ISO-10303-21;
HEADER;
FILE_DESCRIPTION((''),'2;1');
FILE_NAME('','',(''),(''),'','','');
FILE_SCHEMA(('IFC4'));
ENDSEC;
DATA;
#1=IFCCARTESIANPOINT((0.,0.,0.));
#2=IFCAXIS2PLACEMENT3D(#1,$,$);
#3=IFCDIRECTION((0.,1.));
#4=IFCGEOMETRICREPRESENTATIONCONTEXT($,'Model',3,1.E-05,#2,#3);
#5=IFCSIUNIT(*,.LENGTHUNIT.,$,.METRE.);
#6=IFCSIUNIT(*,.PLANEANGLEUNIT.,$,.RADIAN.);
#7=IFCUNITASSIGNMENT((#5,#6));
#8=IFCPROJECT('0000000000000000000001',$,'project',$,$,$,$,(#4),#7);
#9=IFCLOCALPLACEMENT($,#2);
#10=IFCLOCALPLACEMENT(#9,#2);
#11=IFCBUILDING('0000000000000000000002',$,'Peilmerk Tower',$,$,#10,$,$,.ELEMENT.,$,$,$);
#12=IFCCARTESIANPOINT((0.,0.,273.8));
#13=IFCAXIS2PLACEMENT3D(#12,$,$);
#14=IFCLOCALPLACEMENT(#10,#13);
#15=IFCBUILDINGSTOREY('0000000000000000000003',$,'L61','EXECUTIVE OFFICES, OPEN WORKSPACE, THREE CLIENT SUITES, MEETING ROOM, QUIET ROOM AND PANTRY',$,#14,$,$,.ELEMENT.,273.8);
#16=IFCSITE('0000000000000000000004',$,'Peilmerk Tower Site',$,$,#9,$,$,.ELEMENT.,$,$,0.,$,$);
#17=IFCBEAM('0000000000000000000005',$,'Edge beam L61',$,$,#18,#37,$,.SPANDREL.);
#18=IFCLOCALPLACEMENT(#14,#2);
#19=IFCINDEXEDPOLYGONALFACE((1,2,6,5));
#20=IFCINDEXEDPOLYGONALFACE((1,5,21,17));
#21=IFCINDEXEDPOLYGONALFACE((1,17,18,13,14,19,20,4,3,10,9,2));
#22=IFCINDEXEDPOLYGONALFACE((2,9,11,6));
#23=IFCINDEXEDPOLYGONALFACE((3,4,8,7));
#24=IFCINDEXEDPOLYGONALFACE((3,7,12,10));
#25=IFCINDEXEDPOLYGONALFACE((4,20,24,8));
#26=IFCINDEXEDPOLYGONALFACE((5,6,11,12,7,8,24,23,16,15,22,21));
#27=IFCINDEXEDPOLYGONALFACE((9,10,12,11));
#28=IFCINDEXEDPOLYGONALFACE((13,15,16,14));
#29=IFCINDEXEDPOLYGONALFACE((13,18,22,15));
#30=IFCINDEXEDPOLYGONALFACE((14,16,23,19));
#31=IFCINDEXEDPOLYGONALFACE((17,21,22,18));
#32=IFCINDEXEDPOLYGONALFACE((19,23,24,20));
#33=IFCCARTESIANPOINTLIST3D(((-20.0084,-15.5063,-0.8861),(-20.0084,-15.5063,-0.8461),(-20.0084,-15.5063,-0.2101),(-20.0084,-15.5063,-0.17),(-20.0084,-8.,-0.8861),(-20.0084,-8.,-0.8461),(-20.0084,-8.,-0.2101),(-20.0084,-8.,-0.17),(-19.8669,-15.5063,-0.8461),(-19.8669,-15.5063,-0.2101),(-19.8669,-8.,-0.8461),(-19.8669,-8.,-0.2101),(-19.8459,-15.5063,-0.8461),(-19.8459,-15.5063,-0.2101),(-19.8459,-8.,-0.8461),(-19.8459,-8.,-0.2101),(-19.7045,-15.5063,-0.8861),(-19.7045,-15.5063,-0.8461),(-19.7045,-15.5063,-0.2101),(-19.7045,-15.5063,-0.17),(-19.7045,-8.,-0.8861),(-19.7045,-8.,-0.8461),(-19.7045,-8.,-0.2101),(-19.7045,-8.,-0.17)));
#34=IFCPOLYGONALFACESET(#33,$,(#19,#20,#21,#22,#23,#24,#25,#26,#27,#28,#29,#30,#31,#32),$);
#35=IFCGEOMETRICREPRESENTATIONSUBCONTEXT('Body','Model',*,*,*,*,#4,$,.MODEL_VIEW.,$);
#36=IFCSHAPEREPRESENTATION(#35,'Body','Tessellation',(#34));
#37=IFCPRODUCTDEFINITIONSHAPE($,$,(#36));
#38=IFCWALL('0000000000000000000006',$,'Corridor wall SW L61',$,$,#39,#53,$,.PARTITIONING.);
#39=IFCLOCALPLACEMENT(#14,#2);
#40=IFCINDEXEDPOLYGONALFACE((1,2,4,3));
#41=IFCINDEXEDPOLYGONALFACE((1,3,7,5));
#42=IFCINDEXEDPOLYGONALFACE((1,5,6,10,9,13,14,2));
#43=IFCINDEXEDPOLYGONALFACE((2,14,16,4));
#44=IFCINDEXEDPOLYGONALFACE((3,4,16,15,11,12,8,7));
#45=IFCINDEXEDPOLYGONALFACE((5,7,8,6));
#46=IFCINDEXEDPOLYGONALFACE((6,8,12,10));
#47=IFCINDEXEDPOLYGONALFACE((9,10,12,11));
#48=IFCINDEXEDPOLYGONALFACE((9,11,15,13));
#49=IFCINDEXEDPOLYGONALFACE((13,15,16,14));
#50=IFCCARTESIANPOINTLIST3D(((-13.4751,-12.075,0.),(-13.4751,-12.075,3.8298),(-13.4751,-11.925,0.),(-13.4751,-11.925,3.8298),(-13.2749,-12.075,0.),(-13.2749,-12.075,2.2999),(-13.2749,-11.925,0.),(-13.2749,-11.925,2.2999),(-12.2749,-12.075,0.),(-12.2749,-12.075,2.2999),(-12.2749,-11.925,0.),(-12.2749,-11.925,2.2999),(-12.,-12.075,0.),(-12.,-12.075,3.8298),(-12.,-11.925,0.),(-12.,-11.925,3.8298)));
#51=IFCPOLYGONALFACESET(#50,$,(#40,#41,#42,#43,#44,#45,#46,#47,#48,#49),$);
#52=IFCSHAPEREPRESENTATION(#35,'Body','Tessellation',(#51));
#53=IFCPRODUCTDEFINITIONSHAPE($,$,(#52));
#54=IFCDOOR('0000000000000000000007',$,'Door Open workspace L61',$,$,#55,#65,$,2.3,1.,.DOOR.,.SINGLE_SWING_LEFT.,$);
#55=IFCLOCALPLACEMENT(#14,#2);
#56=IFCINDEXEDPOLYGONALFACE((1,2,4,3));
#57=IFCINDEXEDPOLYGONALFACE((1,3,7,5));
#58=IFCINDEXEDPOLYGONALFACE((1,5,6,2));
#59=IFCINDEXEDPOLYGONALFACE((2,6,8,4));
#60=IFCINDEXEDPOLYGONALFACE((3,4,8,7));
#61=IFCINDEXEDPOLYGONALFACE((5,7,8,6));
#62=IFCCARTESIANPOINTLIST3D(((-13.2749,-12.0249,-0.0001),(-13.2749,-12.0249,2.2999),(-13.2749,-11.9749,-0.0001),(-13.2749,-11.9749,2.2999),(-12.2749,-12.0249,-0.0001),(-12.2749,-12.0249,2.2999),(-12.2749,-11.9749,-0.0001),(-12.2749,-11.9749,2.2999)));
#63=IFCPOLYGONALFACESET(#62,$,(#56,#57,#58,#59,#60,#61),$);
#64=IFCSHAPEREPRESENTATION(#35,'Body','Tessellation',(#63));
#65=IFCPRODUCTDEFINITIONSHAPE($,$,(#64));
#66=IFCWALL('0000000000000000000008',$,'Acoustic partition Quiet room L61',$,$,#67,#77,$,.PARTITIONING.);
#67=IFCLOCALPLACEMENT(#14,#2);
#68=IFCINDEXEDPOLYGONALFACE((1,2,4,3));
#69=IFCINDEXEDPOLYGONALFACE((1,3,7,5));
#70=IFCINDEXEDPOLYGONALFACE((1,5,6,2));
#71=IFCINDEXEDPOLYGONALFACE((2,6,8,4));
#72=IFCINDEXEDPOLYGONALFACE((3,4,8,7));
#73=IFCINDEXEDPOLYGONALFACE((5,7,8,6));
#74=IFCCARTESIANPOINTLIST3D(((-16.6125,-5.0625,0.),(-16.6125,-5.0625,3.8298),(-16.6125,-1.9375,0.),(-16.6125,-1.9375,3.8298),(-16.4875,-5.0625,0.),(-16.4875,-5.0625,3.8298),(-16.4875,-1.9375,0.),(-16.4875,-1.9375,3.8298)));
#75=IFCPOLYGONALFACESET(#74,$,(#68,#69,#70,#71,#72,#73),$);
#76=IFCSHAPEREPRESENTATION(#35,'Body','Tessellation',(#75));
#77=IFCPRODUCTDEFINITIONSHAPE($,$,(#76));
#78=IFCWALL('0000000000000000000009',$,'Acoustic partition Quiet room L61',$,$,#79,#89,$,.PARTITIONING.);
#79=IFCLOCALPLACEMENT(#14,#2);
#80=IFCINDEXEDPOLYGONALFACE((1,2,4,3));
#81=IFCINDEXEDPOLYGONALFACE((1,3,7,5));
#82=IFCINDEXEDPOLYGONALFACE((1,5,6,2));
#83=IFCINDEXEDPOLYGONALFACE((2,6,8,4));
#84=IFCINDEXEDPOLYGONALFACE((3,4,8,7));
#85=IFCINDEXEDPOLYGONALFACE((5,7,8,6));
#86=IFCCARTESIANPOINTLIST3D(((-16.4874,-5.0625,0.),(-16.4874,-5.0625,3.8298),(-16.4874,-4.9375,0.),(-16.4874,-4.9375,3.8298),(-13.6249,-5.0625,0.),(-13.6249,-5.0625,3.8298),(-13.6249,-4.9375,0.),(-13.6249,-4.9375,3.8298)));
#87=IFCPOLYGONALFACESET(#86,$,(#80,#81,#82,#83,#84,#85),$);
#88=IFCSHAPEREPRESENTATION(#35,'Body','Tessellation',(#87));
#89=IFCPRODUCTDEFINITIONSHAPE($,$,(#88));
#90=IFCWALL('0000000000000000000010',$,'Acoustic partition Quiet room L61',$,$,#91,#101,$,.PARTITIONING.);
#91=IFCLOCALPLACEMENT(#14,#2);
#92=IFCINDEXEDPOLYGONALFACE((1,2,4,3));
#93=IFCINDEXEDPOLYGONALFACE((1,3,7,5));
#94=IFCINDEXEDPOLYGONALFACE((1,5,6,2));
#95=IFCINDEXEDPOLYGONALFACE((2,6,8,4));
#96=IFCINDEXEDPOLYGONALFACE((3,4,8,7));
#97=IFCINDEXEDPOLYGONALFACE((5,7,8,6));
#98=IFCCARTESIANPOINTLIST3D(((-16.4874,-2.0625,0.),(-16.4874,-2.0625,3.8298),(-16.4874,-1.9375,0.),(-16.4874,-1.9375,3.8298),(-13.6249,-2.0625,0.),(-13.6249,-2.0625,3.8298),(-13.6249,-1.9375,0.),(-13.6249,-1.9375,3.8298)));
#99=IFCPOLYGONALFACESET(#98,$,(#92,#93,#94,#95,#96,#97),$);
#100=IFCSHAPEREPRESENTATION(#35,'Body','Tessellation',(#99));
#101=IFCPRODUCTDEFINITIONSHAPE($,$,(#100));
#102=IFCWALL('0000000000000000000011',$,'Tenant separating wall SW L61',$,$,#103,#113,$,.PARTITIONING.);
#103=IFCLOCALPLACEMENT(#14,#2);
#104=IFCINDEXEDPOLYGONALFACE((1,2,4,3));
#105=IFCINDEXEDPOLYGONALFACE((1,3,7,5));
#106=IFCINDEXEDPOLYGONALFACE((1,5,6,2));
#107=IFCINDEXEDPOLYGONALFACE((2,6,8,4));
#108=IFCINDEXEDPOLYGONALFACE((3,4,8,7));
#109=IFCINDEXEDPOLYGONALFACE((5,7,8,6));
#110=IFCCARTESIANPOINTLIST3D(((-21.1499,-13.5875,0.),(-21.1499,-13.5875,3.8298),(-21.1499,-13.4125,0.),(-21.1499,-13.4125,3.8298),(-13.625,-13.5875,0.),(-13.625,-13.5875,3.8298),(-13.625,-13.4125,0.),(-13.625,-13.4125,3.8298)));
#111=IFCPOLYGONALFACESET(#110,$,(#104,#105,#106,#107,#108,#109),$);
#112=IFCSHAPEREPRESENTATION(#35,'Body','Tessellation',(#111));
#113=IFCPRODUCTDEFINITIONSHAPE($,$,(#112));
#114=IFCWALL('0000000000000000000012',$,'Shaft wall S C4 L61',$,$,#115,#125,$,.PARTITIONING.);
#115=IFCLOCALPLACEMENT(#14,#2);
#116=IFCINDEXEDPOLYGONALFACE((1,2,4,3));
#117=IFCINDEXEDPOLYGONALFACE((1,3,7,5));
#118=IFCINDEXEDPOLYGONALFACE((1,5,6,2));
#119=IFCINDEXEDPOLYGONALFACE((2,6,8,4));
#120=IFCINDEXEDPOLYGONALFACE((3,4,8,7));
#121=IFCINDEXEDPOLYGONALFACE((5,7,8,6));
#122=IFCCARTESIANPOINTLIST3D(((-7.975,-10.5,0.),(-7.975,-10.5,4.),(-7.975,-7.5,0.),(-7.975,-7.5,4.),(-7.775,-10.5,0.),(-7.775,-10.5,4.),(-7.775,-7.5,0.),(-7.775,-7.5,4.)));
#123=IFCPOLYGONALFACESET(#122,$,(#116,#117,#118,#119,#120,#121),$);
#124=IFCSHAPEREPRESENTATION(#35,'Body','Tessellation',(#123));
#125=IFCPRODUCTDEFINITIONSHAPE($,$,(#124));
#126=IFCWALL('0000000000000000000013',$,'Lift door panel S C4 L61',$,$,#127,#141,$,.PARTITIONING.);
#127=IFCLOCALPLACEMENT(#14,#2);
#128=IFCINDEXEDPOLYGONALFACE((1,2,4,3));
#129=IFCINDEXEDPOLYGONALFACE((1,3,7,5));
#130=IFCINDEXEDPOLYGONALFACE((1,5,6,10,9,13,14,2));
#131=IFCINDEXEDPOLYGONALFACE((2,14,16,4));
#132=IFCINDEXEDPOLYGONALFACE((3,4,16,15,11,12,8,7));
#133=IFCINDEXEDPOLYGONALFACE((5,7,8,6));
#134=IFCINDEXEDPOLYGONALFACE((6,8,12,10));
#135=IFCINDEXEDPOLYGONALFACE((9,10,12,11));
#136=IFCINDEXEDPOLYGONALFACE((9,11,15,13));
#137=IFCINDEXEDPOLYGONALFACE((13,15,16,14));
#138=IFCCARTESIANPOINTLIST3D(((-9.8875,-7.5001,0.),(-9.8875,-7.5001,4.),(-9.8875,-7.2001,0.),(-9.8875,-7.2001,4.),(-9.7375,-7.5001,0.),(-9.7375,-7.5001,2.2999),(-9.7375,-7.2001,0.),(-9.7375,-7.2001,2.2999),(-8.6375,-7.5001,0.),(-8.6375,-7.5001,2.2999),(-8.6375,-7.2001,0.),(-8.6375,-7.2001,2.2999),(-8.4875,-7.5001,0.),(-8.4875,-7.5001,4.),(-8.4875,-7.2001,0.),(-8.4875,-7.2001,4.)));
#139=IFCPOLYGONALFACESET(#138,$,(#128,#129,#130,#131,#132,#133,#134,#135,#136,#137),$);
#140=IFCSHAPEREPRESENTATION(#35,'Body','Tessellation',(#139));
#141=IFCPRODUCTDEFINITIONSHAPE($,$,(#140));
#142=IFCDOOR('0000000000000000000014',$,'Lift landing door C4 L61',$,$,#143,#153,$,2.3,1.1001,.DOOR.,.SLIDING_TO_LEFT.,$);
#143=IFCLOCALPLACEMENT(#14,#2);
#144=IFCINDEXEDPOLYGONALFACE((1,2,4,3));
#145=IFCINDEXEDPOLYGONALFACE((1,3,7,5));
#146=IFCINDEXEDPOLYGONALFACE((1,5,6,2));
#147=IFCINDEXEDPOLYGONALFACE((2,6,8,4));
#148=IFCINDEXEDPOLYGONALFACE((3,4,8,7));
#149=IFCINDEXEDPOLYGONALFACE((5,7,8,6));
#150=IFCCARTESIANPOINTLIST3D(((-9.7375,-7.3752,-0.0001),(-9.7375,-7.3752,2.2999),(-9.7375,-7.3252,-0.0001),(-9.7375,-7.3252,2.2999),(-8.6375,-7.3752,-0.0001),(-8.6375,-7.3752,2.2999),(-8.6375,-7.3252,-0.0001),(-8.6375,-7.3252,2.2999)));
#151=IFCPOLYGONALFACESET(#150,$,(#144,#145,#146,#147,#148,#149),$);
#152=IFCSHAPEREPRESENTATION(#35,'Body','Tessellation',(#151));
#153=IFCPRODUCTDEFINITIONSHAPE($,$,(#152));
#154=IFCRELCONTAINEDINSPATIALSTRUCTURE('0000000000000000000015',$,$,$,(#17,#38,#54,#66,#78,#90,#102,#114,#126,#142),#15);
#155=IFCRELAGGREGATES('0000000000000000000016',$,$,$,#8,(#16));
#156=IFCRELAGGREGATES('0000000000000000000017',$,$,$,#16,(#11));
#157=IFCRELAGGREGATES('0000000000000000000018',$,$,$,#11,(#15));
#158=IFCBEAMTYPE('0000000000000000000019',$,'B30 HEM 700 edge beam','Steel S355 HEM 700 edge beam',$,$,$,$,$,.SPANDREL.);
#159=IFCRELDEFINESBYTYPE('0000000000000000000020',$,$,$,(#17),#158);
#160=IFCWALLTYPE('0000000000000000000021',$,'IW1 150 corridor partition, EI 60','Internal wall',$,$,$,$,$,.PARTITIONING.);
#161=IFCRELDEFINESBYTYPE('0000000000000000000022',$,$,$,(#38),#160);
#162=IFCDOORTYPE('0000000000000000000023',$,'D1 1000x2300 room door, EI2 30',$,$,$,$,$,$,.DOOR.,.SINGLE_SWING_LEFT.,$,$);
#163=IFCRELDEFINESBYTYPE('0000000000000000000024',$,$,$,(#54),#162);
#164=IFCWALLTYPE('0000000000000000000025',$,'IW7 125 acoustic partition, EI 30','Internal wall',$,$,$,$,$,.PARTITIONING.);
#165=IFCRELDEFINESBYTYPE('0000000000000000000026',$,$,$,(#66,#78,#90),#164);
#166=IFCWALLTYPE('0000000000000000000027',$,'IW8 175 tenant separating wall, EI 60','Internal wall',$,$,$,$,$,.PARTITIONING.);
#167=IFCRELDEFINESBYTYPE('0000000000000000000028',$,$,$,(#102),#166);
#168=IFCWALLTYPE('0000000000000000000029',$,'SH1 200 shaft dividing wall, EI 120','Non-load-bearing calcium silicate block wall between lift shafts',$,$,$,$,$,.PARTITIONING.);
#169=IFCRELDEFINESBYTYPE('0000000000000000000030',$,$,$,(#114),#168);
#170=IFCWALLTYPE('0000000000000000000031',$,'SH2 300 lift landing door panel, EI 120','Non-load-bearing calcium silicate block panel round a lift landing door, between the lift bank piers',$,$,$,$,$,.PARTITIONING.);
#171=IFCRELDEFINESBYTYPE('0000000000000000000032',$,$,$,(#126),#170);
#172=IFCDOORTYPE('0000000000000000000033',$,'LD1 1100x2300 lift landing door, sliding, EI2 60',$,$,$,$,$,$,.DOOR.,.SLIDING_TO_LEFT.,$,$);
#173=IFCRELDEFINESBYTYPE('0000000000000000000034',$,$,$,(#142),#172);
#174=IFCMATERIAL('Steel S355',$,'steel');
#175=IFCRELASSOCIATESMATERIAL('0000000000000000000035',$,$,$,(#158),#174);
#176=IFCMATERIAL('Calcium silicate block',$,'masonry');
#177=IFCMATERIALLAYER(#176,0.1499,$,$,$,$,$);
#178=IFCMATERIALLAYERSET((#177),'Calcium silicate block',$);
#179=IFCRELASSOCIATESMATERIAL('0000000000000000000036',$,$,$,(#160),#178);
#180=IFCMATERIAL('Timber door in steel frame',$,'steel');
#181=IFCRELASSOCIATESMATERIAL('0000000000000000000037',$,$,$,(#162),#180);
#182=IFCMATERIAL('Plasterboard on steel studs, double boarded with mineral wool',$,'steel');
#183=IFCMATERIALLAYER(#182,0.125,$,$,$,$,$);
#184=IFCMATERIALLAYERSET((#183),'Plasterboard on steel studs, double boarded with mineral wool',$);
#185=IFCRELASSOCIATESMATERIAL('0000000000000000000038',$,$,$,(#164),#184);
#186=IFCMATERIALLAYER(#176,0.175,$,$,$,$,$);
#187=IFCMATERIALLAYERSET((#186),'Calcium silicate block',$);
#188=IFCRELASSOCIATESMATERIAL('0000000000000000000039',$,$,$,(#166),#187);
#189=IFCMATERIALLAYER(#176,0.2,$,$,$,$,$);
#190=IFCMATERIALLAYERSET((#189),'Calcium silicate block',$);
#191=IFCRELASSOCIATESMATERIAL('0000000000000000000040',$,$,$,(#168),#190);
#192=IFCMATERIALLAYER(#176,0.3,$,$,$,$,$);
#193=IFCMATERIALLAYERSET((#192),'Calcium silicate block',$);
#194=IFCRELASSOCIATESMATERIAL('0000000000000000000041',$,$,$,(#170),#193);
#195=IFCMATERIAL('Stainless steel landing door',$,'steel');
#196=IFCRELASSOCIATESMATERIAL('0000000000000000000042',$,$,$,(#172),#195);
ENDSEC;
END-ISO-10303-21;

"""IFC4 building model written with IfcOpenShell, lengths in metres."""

from ifc_helpers import new_model, si_unit, direction, frame, frame_2d, origin, origin_2d, place, context, subcontext, project, spatial, rectangle, i_section, extrude, material, layer, layer_set, material_profile, profile_set, type_object, element, fill, save


model = new_model("IFC4")

# Units and contexts
model_context = context("Model", 3, precision=1e-05, world=origin(), true_north=direction((0.0, 1.0)))
body_context = subcontext(model_context, "Body", "Model", "MODEL_VIEW")
ifc_project = project(units=[si_unit("LENGTHUNIT", "METRE"), si_unit("PLANEANGLEUNIT", "RADIAN")], contexts=[model_context])

# Site, building, storey
site_placement = place(None, origin())
site = spatial("IfcSite", under=ifc_project, at=site_placement, Name="Peilmerk Tower Site", CompositionType="ELEMENT", RefElevation=0.0)
building_placement = place(site_placement, origin())
building = spatial("IfcBuilding", under=site, at=building_placement, Name="Peilmerk Tower", CompositionType="ELEMENT")
storey_placement = place(building_placement, frame((0.0, 0.0, 273.8)))
storey = spatial("IfcBuildingStorey", under=building, at=storey_placement, Name="L61", Description="EXECUTIVE OFFICES, OPEN WORKSPACE, THREE CLIENT SUITES, MEETING ROOM, QUIET ROOM AND PANTRY", CompositionType="ELEMENT", Elevation=273.8)

# Beam
ifc_material_1 = material(Name="Steel S355", Category="steel")
ifc_material_profile_1 = material_profile(ifc_material_1, i_section(OverallWidth=0.304, OverallDepth=0.7161, WebThickness=0.021, FlangeThickness=0.04, at=origin_2d()), Name="HEM 700")
ifc_profile_set_1 = profile_set([ifc_material_profile_1], Name="Steel S355")
beam_type_1 = type_object("IfcBeamType", Name="B30 HEM 700 edge beam", Description="Steel S355 HEM 700 edge beam", PredefinedType="SPANDREL", material=ifc_profile_set_1)
beam_1_placement = place(storey_placement, frame((-19.8564, -8.0, -0.5281), z_axis=(0.0, -1.0, 0.0), x_axis=(1.0, 0.0, 0.0)))
element("IfcBeam", 1, at=beam_1_placement, inside=storey, type_object=beam_type_1, Name="Edge beam L61", PredefinedType="SPANDREL", context=body_context, shape_type="SweptSolid", body=[
    extrude(i_section(OverallWidth=0.304, OverallDepth=0.7161, WebThickness=0.021, FlangeThickness=0.04, at=origin_2d()), origin(), (0.0, 0.0, 1.0), 7.5063),
])

# Wall, opening, door
ifc_material_2 = material(Name="Calcium silicate block", Category="masonry")
ifc_layer_1 = layer(ifc_material_2, 0.1499)
ifc_layer_set_1 = layer_set([ifc_layer_1], Name="Calcium silicate block")
wall_type_1 = type_object("IfcWallType", Name="IW1 150 corridor partition, EI 60", Description="Internal wall", PredefinedType="PARTITIONING", material=ifc_layer_set_1)
wall_1_placement = place(storey_placement, frame((-12.0, -12.0, 0.0), z_axis=(0.0, 0.0, 1.0), x_axis=(-1.0, 0.0, 0.0)))
wall_1 = element("IfcWall", 2, at=wall_1_placement, inside=storey, type_object=wall_type_1, Name="Corridor wall SW L61", PredefinedType="PARTITIONING", context=body_context, shape_type="SweptSolid", body=[
    extrude(rectangle(XDim=1.4751, YDim=0.1499, at=frame_2d((0.7375, 0.0))), origin(), (0.0, 0.0, 1.0), 3.8298),
])
opening_1_placement = place(wall_1_placement, frame((0.2749, 0.0, 0.0)))
opening_1 = element("IfcOpeningElement", 3, at=opening_1_placement, cuts=wall_1, PredefinedType="OPENING", context=body_context, shape_type="SweptSolid", body=[
    extrude(rectangle(XDim=1.0, YDim=2.3, at=frame_2d((0.5, 1.1499))), frame((0.0, 0.085, 0.0), z_axis=(0.0, -1.0, 0.0), x_axis=(1.0, 0.0, 0.0)), (0.0, 0.0, 1.0), 0.1699),
])
ifc_material_3 = material(Name="Timber door in steel frame", Category="steel")
door_type_1 = type_object("IfcDoorType", Name="D1 1000x2300 room door, EI2 30", OperationType="SINGLE_SWING_LEFT", PredefinedType="DOOR", material=ifc_material_3)
door_1_placement = place(opening_1_placement, origin())
door_1 = element("IfcDoor", 4, at=door_1_placement, inside=storey, type_object=door_type_1, Name="Door Open workspace L61", OperationType="SINGLE_SWING_LEFT", OverallHeight=2.3, OverallWidth=1.0, PredefinedType="DOOR", context=body_context, shape_type="SweptSolid", body=[
    extrude(rectangle(XDim=1.0, YDim=2.3, at=frame_2d((0.5, 1.1499))), frame((0.0, 0.0249, 0.0), z_axis=(0.0, -1.0, 0.0), x_axis=(1.0, 0.0, 0.0)), (0.0, 0.0, 1.0), 0.05),
])
fill(opening_1, door_1)

# Walls
ifc_material_4 = material(Name="Plasterboard on steel studs, double boarded with mineral wool", Category="steel")
ifc_layer_2 = layer(ifc_material_4, 0.125)
ifc_layer_set_2 = layer_set([ifc_layer_2], Name="Plasterboard on steel studs, double boarded with mineral wool")
wall_type_2 = type_object("IfcWallType", Name="IW7 125 acoustic partition, EI 30", Description="Internal wall", PredefinedType="PARTITIONING", material=ifc_layer_set_2)
wall_2_placement = place(storey_placement, frame((-16.55, -5.0625, 0.0), z_axis=(0.0, 0.0, 1.0), x_axis=(0.0, 1.0, 0.0)))
element("IfcWall", 5, at=wall_2_placement, inside=storey, type_object=wall_type_2, Name="Acoustic partition Quiet room L61", PredefinedType="PARTITIONING", context=body_context, shape_type="SweptSolid", body=[
    extrude(rectangle(XDim=3.125, YDim=0.125, at=frame_2d((1.5625, 0.0))), origin(), (0.0, 0.0, 1.0), 3.8298),
])
for number, where, z_axis, x_axis, name in (
    (6, (-13.625, -5.0, 0.0), (0.0, 0.0, 1.0), (-1.0, 0.0, 0.0), "Acoustic partition Quiet room L61"),
    (7, (-13.625, -2.0, 0.0), (0.0, 0.0, 1.0), (-1.0, 0.0, 0.0), "Acoustic partition Quiet room L61"),
):
    element("IfcWall", number, at=place(storey_placement, frame(where, z_axis=z_axis, x_axis=x_axis)), inside=storey, type_object=wall_type_2, Name=name, PredefinedType="PARTITIONING", context=body_context, shape_type="SweptSolid", body=[
        extrude(rectangle(XDim=2.8625, YDim=0.125, at=frame_2d((1.4312, 0.0))), origin(), (0.0, 0.0, 1.0), 3.8298),
    ])
ifc_layer_3 = layer(ifc_material_2, 0.175)
ifc_layer_set_3 = layer_set([ifc_layer_3], Name="Calcium silicate block")
wall_type_3 = type_object("IfcWallType", Name="IW8 175 tenant separating wall, EI 60", Description="Internal wall", PredefinedType="PARTITIONING", material=ifc_layer_set_3)
wall_3_placement = place(storey_placement, frame((-13.625, -13.5, 0.0), z_axis=(0.0, 0.0, 1.0), x_axis=(-1.0, 0.0, 0.0)))
element("IfcWall", 8, at=wall_3_placement, inside=storey, type_object=wall_type_3, Name="Tenant separating wall SW L61", PredefinedType="PARTITIONING", context=body_context, shape_type="SweptSolid", body=[
    extrude(rectangle(XDim=7.5249, YDim=0.175, at=frame_2d((3.7625, 0.0))), origin(), (0.0, 0.0, 1.0), 3.8298),
])
ifc_layer_4 = layer(ifc_material_2, 0.2)
ifc_layer_set_4 = layer_set([ifc_layer_4], Name="Calcium silicate block")
wall_type_4 = type_object("IfcWallType", Name="SH1 200 shaft dividing wall, EI 120", Description="Non-load-bearing calcium silicate block wall between lift shafts", PredefinedType="PARTITIONING", material=ifc_layer_set_4)
wall_4_placement = place(storey_placement, frame((-7.875, -10.5, 0.0), z_axis=(0.0, 0.0, 1.0), x_axis=(0.0, 1.0, 0.0)))
element("IfcWall", 9, at=wall_4_placement, inside=storey, type_object=wall_type_4, Name="Shaft wall S C4 L61", PredefinedType="PARTITIONING", context=body_context, shape_type="SweptSolid", body=[
    extrude(rectangle(XDim=3.0, YDim=0.2, at=frame_2d((1.5, 0.0))), origin(), (0.0, 0.0, 1.0), 4.0),
])

# Wall, opening, door
ifc_layer_5 = layer(ifc_material_2, 0.3)
ifc_layer_set_5 = layer_set([ifc_layer_5], Name="Calcium silicate block")
wall_type_5 = type_object("IfcWallType", Name="SH2 300 lift landing door panel, EI 120", Description="Non-load-bearing calcium silicate block panel round a lift landing door, between the lift bank piers", PredefinedType="PARTITIONING", material=ifc_layer_set_5)
wall_5_placement = place(storey_placement, frame((-9.8875, -7.3501, 0.0), z_axis=(0.0, 0.0, 1.0), x_axis=(1.0, 0.0, 0.0)))
wall_5 = element("IfcWall", 10, at=wall_5_placement, inside=storey, type_object=wall_type_5, Name="Lift door panel S C4 L61", PredefinedType="PARTITIONING", context=body_context, shape_type="SweptSolid", body=[
    extrude(rectangle(XDim=1.3999, YDim=0.3, at=frame_2d((0.7, 0.0))), origin(), (0.0, 0.0, 1.0), 4.0),
])
opening_2_placement = place(wall_5_placement, frame((0.1499, 0.0, 0.0)))
opening_2 = element("IfcOpeningElement", 11, at=opening_2_placement, cuts=wall_5, PredefinedType="OPENING", context=body_context, shape_type="SweptSolid", body=[
    extrude(rectangle(XDim=1.1001, YDim=2.3, at=frame_2d((0.55, 1.1499))), frame((0.0, 0.1599, 0.0), z_axis=(0.0, -1.0, 0.0), x_axis=(1.0, 0.0, 0.0)), (0.0, 0.0, 1.0), 0.3201),
])
ifc_material_5 = material(Name="Stainless steel landing door", Category="steel")
door_type_2 = type_object("IfcDoorType", Name="LD1 1100x2300 lift landing door, sliding, EI2 60", OperationType="SLIDING_TO_LEFT", PredefinedType="DOOR", material=ifc_material_5)
door_2_placement = place(opening_2_placement, origin())
door_2 = element("IfcDoor", 12, at=door_2_placement, inside=storey, type_object=door_type_2, Name="Lift landing door C4 L61", OperationType="SLIDING_TO_LEFT", OverallHeight=2.3, OverallWidth=1.1001, PredefinedType="DOOR", context=body_context, shape_type="SweptSolid", body=[
    extrude(rectangle(XDim=1.1001, YDim=2.3, at=frame_2d((0.55, 1.1499))), frame((0.0, 0.0249, 0.0), z_axis=(0.0, -1.0, 0.0), x_axis=(1.0, 0.0, 0.0)), (0.0, 0.0, 1.0), 0.05),
])
fill(opening_2, door_2)

save(model, "model.ifc")
